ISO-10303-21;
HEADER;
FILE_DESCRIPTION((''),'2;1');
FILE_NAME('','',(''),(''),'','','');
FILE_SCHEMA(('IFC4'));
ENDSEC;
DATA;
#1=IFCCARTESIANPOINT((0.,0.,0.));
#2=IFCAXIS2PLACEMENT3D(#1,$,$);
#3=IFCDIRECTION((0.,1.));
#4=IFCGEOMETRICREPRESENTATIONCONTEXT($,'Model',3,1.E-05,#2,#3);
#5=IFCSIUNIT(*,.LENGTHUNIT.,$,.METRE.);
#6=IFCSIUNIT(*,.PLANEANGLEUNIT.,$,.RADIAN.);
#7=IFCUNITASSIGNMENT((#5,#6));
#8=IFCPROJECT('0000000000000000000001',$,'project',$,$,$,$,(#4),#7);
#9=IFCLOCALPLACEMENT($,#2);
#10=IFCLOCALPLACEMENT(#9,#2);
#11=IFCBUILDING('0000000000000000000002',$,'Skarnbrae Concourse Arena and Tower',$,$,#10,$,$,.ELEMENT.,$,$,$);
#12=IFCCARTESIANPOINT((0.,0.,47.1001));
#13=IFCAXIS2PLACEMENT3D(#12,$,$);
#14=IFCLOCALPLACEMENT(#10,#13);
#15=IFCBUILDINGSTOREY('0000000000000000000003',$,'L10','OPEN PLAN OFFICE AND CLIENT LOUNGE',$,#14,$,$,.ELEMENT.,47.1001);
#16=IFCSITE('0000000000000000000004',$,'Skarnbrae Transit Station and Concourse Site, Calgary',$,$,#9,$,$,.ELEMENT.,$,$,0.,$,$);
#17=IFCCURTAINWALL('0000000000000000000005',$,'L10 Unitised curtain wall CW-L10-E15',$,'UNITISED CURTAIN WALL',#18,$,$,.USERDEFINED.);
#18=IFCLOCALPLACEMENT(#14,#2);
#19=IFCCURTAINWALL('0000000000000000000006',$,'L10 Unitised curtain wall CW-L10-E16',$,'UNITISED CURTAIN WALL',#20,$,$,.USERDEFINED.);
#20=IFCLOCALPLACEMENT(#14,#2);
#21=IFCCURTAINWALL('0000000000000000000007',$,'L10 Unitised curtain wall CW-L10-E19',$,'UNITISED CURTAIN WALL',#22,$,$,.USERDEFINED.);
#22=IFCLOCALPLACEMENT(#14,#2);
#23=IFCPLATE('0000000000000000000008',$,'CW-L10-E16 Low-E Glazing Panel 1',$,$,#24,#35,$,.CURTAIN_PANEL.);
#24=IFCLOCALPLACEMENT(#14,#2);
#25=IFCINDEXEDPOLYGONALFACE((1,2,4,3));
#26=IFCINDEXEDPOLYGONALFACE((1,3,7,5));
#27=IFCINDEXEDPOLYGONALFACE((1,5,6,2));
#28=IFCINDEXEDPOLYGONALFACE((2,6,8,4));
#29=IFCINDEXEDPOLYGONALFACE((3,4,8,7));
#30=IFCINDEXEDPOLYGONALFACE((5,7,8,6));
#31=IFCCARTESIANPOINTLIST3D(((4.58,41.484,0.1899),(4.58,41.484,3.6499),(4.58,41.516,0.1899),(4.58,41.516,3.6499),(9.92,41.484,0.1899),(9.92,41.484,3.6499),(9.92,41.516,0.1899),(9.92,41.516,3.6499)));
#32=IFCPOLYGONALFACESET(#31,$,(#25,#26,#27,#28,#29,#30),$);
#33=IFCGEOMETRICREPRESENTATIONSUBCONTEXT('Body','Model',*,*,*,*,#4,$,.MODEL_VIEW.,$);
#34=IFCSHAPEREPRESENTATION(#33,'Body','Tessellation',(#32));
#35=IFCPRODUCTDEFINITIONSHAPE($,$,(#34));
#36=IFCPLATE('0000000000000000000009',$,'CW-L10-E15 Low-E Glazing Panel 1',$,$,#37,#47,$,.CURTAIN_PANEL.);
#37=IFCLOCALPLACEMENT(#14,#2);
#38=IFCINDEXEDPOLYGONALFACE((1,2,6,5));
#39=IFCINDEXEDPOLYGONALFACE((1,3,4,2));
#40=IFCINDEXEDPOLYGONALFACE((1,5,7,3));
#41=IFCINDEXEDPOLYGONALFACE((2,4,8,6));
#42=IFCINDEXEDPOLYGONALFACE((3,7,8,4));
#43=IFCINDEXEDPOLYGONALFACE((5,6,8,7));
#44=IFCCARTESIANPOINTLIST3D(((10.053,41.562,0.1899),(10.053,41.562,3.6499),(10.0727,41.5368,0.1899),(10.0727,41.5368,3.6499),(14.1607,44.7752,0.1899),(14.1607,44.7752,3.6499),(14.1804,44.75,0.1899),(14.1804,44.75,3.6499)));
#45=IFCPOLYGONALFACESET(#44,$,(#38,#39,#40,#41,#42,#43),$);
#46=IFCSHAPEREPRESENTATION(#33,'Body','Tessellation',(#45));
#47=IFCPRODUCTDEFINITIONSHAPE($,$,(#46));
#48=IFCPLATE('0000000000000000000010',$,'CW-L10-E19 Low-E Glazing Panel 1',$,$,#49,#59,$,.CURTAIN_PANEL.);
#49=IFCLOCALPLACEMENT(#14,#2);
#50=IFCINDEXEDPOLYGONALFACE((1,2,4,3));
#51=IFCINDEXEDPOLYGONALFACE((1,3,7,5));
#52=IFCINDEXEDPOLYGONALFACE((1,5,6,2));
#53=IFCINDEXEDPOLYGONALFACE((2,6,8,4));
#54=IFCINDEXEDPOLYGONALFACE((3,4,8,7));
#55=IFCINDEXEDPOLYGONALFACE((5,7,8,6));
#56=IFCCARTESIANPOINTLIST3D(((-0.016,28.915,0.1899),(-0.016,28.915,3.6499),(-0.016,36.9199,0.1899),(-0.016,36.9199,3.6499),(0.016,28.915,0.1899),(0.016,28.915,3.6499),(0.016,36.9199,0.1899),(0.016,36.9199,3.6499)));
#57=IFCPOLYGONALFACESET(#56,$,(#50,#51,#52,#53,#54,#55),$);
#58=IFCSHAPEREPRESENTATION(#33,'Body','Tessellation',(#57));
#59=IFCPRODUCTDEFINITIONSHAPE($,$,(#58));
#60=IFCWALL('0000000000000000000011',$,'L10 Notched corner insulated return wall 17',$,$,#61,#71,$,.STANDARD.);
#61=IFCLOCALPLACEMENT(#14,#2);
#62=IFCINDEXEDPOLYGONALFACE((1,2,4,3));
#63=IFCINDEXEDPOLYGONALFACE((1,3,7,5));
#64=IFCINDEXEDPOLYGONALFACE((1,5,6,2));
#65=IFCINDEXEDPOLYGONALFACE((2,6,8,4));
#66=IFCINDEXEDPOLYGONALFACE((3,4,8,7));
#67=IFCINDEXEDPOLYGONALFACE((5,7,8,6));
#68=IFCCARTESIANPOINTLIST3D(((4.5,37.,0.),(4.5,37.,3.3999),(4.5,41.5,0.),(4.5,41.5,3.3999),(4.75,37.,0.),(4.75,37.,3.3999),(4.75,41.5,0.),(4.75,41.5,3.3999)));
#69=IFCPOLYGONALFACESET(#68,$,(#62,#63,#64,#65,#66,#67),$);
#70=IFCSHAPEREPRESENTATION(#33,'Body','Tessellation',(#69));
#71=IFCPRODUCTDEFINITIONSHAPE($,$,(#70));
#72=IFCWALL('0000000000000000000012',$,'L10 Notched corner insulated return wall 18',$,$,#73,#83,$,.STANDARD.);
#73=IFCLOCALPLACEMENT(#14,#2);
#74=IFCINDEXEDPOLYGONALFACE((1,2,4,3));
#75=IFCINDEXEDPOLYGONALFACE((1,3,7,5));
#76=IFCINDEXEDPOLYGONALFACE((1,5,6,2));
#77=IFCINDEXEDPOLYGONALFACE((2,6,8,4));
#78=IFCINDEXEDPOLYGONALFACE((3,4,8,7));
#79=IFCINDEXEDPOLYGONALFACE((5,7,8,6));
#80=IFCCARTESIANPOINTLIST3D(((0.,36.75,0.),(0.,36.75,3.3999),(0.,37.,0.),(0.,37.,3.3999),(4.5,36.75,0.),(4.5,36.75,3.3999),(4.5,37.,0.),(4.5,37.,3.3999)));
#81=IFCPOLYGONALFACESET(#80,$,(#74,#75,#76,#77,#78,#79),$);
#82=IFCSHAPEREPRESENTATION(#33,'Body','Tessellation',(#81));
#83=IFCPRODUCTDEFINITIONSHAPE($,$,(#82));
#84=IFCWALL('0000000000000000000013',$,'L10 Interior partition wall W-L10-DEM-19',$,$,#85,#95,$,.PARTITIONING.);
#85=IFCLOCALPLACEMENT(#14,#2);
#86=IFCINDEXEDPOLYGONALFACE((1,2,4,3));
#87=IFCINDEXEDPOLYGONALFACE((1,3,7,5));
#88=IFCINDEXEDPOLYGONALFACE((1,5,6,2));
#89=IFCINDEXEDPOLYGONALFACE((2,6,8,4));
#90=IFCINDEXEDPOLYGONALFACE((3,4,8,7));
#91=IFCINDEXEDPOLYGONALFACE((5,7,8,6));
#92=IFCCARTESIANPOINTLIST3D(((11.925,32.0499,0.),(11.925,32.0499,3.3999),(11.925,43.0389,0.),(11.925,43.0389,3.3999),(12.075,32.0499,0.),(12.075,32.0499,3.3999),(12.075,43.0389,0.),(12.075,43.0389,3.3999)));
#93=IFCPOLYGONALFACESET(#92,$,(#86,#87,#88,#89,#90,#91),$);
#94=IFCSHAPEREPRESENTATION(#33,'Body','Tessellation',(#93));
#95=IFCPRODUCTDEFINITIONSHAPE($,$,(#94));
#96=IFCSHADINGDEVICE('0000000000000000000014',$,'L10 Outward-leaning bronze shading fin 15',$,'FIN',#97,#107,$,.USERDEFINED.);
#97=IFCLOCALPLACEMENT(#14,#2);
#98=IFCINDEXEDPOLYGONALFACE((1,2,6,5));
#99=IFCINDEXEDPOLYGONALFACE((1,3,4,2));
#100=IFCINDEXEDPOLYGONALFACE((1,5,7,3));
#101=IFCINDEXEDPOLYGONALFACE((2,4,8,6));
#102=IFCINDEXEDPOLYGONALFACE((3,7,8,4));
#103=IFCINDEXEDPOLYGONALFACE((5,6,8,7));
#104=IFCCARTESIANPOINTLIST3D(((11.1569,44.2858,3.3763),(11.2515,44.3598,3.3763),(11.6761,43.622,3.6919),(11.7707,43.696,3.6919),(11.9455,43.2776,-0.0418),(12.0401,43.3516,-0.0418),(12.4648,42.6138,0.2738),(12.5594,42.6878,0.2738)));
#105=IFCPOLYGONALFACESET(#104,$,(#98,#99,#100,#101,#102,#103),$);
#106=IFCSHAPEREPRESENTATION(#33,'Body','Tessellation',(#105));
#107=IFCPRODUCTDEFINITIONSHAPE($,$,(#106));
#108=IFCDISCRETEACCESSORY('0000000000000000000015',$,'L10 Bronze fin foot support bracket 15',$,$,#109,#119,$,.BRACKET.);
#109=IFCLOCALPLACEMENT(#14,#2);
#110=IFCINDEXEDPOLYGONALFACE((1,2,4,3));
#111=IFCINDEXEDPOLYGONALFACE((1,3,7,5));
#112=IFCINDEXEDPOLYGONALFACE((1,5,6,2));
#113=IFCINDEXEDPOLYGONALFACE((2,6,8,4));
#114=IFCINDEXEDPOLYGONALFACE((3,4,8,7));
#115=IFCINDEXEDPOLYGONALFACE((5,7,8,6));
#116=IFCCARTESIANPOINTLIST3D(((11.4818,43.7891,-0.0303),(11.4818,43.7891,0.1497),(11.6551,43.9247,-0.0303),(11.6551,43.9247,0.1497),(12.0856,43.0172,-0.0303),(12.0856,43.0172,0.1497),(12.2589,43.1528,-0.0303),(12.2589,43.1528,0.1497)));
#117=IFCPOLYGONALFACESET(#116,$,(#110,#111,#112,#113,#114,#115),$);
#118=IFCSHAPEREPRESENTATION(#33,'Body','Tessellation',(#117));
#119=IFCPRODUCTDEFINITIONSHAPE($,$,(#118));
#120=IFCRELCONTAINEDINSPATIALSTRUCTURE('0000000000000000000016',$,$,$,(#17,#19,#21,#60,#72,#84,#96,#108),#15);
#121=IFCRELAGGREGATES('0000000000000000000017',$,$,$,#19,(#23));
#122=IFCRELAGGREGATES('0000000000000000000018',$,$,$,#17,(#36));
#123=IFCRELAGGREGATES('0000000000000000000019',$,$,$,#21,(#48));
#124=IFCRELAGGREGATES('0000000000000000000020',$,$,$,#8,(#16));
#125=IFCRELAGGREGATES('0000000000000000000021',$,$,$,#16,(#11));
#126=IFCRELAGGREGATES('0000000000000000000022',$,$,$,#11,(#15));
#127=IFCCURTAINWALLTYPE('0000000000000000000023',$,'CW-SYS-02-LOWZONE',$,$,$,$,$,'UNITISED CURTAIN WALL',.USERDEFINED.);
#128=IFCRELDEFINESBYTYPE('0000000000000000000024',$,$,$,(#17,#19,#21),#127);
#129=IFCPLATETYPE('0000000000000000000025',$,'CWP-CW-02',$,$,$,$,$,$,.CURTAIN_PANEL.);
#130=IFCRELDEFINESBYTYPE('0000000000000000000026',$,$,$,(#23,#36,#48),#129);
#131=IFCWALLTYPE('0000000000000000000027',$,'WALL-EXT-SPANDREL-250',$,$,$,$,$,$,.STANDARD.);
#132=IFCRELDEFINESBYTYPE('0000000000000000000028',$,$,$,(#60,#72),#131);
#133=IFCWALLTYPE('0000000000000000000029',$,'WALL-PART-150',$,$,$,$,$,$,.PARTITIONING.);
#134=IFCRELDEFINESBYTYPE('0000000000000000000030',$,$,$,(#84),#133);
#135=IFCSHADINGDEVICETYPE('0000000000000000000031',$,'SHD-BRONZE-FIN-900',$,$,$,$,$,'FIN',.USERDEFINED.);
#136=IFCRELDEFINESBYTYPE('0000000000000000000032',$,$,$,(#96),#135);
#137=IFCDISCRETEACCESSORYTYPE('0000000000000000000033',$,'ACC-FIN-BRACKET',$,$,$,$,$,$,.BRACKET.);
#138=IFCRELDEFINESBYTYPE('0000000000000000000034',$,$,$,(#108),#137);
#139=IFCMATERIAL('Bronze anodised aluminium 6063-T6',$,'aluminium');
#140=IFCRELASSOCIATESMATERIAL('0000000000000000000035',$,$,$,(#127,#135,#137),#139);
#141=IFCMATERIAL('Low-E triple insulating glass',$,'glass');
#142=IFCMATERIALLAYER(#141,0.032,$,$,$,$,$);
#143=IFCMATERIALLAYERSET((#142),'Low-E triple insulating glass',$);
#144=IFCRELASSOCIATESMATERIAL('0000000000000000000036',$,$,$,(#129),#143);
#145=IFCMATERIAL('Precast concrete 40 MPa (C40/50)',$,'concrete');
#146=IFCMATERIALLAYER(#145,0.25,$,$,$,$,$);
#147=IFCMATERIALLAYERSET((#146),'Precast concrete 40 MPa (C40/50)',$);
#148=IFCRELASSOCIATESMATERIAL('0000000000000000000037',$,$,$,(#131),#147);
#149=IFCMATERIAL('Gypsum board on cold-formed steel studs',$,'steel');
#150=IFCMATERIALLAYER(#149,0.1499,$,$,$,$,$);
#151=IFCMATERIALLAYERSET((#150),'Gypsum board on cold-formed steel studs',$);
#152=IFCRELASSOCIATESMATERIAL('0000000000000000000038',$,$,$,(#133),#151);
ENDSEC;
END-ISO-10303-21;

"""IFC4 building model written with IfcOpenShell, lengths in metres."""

from ifc_helpers import new_model, si_unit, direction, frame, frame_2d, origin, origin_2d, place, context, subcontext, project, spatial, rectangle, extrude, source, transform, mapped, material, layer, layer_set, type_object, element, aggregate, save


model = new_model("IFC4")

# Units and contexts
model_context = context("Model", 3, precision=1e-05, world=origin(), true_north=direction((0.0, 1.0)))
body_context = subcontext(model_context, "Body", "Model", "MODEL_VIEW")
ifc_project = project(units=[si_unit("LENGTHUNIT", "METRE"), si_unit("PLANEANGLEUNIT", "RADIAN")], contexts=[model_context])

# Site, building, storey
site_placement = place(None, origin())
site = spatial("IfcSite", under=ifc_project, at=site_placement, Name="Skarnbrae Transit Station and Concourse Site, Calgary", CompositionType="ELEMENT", RefElevation=0.0)
building_placement = place(site_placement, origin())
building = spatial("IfcBuilding", under=site, at=building_placement, Name="Skarnbrae Concourse Arena and Tower", CompositionType="ELEMENT")
storey_placement = place(building_placement, frame((0.0, 0.0, 47.1001)))
storey = spatial("IfcBuildingStorey", under=building, at=storey_placement, Name="L10", Description="OPEN PLAN OFFICE AND CLIENT LOUNGE", CompositionType="ELEMENT", Elevation=47.1001)

# Curtain walls
ifc_material_1 = material(Name="Bronze anodised aluminium 6063-T6", Category="aluminium")
curtain_wall_type_1 = type_object("IfcCurtainWallType", Name="CW-SYS-02-LOWZONE", ElementType="UNITISED CURTAIN WALL", PredefinedType="USERDEFINED", material=ifc_material_1)
curtain_wall_1_placement = place(storey_placement, origin())
curtain_wall_1 = element("IfcCurtainWall", 1, at=curtain_wall_1_placement, inside=storey, type_object=curtain_wall_type_1, Name="L10 Unitised curtain wall CW-L10-E15", ObjectType="UNITISED CURTAIN WALL", PredefinedType="USERDEFINED")
curtain_wall_2_placement = place(storey_placement, origin())
curtain_wall_2 = element("IfcCurtainWall", 2, at=curtain_wall_2_placement, inside=storey, type_object=curtain_wall_type_1, Name="L10 Unitised curtain wall CW-L10-E16", ObjectType="UNITISED CURTAIN WALL", PredefinedType="USERDEFINED")

# Curtain wall
curtain_wall_3_placement = place(storey_placement, origin())
curtain_wall_3 = element("IfcCurtainWall", 3, at=curtain_wall_3_placement, inside=storey, type_object=curtain_wall_type_1, Name="L10 Unitised curtain wall CW-L10-E19", ObjectType="UNITISED CURTAIN WALL", PredefinedType="USERDEFINED")

# Plates
ifc_material_2 = material(Name="Low-E triple insulating glass", Category="glass")
ifc_layer_1 = layer(ifc_material_2, 0.032)
ifc_layer_set_1 = layer_set([ifc_layer_1], Name="Low-E triple insulating glass")
plate_type = type_object("IfcPlateType", Name="CWP-CW-02", PredefinedType="CURTAIN_PANEL", material=ifc_layer_set_1)
shared_shape_1 = source(origin(), body_context, "Body", "SweptSolid", [
    extrude(rectangle(XDim=5.3401, YDim=0.032, at=origin_2d()), origin(), (0.0, 0.0, 1.0), 3.46),
])
plate_1_placement = place(storey_placement, frame((7.25, 41.5, 0.1899), z_axis=(0.0, 0.0, 1.0), x_axis=(-1.0, 0.0, 0.0)))
plate_1 = element("IfcPlate", 4, at=plate_1_placement, type_object=plate_type, Name="CW-L10-E16 Low-E Glazing Panel 1", PredefinedType="CURTAIN_PANEL", context=body_context, shape_type="MappedRepresentation", body=[
    mapped(shared_shape_1, transform((0.0, 0.0, 0.0))),
])
aggregate(curtain_wall_2, [plate_1])
shared_shape_2 = source(origin(), body_context, "Body", "SweptSolid", [
    extrude(rectangle(XDim=5.2151, YDim=0.032, at=origin_2d()), origin(), (0.0, 0.0, 1.0), 3.46),
])
plate_2_placement = place(storey_placement, frame((12.1167, 43.156, 0.1899), z_axis=(0.0, 0.0, 1.0), x_axis=(-0.787652, -0.616121, 0.0)))
plate_2 = element("IfcPlate", 5, at=plate_2_placement, type_object=plate_type, Name="CW-L10-E15 Low-E Glazing Panel 1", PredefinedType="CURTAIN_PANEL", context=body_context, shape_type="MappedRepresentation", body=[
    mapped(shared_shape_2, transform((0.0, 0.0, 0.0))),
])
aggregate(curtain_wall_1, [plate_2])
shared_shape_3 = source(origin(), body_context, "Body", "SweptSolid", [
    extrude(rectangle(XDim=8.0049, YDim=0.032, at=origin_2d()), origin(), (0.0, 0.0, 1.0), 3.46),
])
plate_3_placement = place(storey_placement, frame((0.0, 32.9175, 0.1899), z_axis=(0.0, 0.0, 1.0), x_axis=(0.0, -1.0, 0.0)))
plate_3 = element("IfcPlate", 6, at=plate_3_placement, type_object=plate_type, Name="CW-L10-E19 Low-E Glazing Panel 1", PredefinedType="CURTAIN_PANEL", context=body_context, shape_type="MappedRepresentation", body=[
    mapped(shared_shape_3, transform((0.0, 0.0, 0.0))),
])
aggregate(curtain_wall_3, [plate_3])

# Walls
ifc_material_3 = material(Name="Precast concrete 40 MPa (C40/50)", Category="concrete")
ifc_layer_2 = layer(ifc_material_3, 0.25)
ifc_layer_set_2 = layer_set([ifc_layer_2], Name="Precast concrete 40 MPa (C40/50)")
wall_type_1 = type_object("IfcWallType", Name="WALL-EXT-SPANDREL-250", PredefinedType="STANDARD", material=ifc_layer_set_2)
shared_shape_4 = source(origin(), body_context, "Body", "SweptSolid", [
    extrude(rectangle(XDim=4.5, YDim=0.25, at=frame_2d((2.25, 0.0))), origin(), (0.0, 0.0, 1.0), 3.3999),
])
for number, where, z_axis, x_axis, name in (
    (7, (4.625, 41.5, 0.0), (0.0, 0.0, 1.0), (0.0, -1.0, 0.0), "L10 Notched corner insulated return wall 17"),
    (8, (4.5, 36.875, 0.0), (0.0, 0.0, 1.0), (-1.0, 0.0, 0.0), "L10 Notched corner insulated return wall 18"),
):
    element("IfcWall", number, at=place(storey_placement, frame(where, z_axis=z_axis, x_axis=x_axis)), inside=storey, type_object=wall_type_1, Name=name, PredefinedType="STANDARD", context=body_context, shape_type="MappedRepresentation", body=[
        mapped(shared_shape_4, transform((0.0, 0.0, 0.0))),
    ])
ifc_material_4 = material(Name="Gypsum board on cold-formed steel studs", Category="steel")
ifc_layer_3 = layer(ifc_material_4, 0.1499)
ifc_layer_set_3 = layer_set([ifc_layer_3], Name="Gypsum board on cold-formed steel studs")
wall_type_2 = type_object("IfcWallType", Name="WALL-PART-150", PredefinedType="PARTITIONING", material=ifc_layer_set_3)
shared_shape_5 = source(origin(), body_context, "Body", "SweptSolid", [
    extrude(rectangle(XDim=10.989, YDim=0.1499, at=frame_2d((5.4946, 0.0))), origin(), (0.0, 0.0, 1.0), 3.3999),
])
wall_placement = place(storey_placement, frame((12.0, 43.0391, 0.0), z_axis=(0.0, 0.0, 1.0), x_axis=(0.0, -1.0, 0.0)))
element("IfcWall", 9, at=wall_placement, inside=storey, type_object=wall_type_2, Name="L10 Interior partition wall W-L10-DEM-19", PredefinedType="PARTITIONING", context=body_context, shape_type="MappedRepresentation", body=[
    mapped(shared_shape_5, transform((0.0, 0.0, 0.0))),
])

# Shading device
shading_device_type = type_object("IfcShadingDeviceType", Name="SHD-BRONZE-FIN-900", ElementType="FIN", PredefinedType="USERDEFINED", material=ifc_material_1)
shared_shape_6 = source(origin(), body_context, "Body", "SweptSolid", [
    extrude(rectangle(XDim=0.1201, YDim=0.8999, at=origin_2d()), origin(), (0.0, 0.0, 1.0), 3.6499),
])
shading_device_placement = place(storey_placement, frame((12.2524, 42.9827, 0.116), z_axis=(-0.21607, 0.276229, 0.936489), x_axis=(0.787656, 0.616115, 0.0)))
element("IfcShadingDevice", 10, at=shading_device_placement, inside=storey, type_object=shading_device_type, Name="L10 Outward-leaning bronze shading fin 15", ObjectType="FIN", PredefinedType="USERDEFINED", context=body_context, shape_type="MappedRepresentation", body=[
    mapped(shared_shape_6, transform((0.0, 0.0, 0.0))),
])

# Discrete accessory
discrete_accessory_type = type_object("IfcDiscreteAccessoryType", Name="ACC-FIN-BRACKET", PredefinedType="BRACKET", material=ifc_material_1)
shared_shape_7 = source(origin(), body_context, "Body", "SweptSolid", [
    extrude(rectangle(XDim=0.22, YDim=0.98, at=origin_2d()), origin(), (0.0, 0.0, 1.0), 0.1799),
])
discrete_accessory_placement = place(storey_placement, frame((11.8704, 43.4709, -0.0303), z_axis=(0.0, 0.0, 1.0), x_axis=(0.787656, 0.616115, 0.0)))
element("IfcDiscreteAccessory", 11, at=discrete_accessory_placement, inside=storey, type_object=discrete_accessory_type, Name="L10 Bronze fin foot support bracket 15", PredefinedType="BRACKET", context=body_context, shape_type="MappedRepresentation", body=[
    mapped(shared_shape_7, transform((0.0, 0.0, 0.0))),
])

save(model, "model.ifc")
